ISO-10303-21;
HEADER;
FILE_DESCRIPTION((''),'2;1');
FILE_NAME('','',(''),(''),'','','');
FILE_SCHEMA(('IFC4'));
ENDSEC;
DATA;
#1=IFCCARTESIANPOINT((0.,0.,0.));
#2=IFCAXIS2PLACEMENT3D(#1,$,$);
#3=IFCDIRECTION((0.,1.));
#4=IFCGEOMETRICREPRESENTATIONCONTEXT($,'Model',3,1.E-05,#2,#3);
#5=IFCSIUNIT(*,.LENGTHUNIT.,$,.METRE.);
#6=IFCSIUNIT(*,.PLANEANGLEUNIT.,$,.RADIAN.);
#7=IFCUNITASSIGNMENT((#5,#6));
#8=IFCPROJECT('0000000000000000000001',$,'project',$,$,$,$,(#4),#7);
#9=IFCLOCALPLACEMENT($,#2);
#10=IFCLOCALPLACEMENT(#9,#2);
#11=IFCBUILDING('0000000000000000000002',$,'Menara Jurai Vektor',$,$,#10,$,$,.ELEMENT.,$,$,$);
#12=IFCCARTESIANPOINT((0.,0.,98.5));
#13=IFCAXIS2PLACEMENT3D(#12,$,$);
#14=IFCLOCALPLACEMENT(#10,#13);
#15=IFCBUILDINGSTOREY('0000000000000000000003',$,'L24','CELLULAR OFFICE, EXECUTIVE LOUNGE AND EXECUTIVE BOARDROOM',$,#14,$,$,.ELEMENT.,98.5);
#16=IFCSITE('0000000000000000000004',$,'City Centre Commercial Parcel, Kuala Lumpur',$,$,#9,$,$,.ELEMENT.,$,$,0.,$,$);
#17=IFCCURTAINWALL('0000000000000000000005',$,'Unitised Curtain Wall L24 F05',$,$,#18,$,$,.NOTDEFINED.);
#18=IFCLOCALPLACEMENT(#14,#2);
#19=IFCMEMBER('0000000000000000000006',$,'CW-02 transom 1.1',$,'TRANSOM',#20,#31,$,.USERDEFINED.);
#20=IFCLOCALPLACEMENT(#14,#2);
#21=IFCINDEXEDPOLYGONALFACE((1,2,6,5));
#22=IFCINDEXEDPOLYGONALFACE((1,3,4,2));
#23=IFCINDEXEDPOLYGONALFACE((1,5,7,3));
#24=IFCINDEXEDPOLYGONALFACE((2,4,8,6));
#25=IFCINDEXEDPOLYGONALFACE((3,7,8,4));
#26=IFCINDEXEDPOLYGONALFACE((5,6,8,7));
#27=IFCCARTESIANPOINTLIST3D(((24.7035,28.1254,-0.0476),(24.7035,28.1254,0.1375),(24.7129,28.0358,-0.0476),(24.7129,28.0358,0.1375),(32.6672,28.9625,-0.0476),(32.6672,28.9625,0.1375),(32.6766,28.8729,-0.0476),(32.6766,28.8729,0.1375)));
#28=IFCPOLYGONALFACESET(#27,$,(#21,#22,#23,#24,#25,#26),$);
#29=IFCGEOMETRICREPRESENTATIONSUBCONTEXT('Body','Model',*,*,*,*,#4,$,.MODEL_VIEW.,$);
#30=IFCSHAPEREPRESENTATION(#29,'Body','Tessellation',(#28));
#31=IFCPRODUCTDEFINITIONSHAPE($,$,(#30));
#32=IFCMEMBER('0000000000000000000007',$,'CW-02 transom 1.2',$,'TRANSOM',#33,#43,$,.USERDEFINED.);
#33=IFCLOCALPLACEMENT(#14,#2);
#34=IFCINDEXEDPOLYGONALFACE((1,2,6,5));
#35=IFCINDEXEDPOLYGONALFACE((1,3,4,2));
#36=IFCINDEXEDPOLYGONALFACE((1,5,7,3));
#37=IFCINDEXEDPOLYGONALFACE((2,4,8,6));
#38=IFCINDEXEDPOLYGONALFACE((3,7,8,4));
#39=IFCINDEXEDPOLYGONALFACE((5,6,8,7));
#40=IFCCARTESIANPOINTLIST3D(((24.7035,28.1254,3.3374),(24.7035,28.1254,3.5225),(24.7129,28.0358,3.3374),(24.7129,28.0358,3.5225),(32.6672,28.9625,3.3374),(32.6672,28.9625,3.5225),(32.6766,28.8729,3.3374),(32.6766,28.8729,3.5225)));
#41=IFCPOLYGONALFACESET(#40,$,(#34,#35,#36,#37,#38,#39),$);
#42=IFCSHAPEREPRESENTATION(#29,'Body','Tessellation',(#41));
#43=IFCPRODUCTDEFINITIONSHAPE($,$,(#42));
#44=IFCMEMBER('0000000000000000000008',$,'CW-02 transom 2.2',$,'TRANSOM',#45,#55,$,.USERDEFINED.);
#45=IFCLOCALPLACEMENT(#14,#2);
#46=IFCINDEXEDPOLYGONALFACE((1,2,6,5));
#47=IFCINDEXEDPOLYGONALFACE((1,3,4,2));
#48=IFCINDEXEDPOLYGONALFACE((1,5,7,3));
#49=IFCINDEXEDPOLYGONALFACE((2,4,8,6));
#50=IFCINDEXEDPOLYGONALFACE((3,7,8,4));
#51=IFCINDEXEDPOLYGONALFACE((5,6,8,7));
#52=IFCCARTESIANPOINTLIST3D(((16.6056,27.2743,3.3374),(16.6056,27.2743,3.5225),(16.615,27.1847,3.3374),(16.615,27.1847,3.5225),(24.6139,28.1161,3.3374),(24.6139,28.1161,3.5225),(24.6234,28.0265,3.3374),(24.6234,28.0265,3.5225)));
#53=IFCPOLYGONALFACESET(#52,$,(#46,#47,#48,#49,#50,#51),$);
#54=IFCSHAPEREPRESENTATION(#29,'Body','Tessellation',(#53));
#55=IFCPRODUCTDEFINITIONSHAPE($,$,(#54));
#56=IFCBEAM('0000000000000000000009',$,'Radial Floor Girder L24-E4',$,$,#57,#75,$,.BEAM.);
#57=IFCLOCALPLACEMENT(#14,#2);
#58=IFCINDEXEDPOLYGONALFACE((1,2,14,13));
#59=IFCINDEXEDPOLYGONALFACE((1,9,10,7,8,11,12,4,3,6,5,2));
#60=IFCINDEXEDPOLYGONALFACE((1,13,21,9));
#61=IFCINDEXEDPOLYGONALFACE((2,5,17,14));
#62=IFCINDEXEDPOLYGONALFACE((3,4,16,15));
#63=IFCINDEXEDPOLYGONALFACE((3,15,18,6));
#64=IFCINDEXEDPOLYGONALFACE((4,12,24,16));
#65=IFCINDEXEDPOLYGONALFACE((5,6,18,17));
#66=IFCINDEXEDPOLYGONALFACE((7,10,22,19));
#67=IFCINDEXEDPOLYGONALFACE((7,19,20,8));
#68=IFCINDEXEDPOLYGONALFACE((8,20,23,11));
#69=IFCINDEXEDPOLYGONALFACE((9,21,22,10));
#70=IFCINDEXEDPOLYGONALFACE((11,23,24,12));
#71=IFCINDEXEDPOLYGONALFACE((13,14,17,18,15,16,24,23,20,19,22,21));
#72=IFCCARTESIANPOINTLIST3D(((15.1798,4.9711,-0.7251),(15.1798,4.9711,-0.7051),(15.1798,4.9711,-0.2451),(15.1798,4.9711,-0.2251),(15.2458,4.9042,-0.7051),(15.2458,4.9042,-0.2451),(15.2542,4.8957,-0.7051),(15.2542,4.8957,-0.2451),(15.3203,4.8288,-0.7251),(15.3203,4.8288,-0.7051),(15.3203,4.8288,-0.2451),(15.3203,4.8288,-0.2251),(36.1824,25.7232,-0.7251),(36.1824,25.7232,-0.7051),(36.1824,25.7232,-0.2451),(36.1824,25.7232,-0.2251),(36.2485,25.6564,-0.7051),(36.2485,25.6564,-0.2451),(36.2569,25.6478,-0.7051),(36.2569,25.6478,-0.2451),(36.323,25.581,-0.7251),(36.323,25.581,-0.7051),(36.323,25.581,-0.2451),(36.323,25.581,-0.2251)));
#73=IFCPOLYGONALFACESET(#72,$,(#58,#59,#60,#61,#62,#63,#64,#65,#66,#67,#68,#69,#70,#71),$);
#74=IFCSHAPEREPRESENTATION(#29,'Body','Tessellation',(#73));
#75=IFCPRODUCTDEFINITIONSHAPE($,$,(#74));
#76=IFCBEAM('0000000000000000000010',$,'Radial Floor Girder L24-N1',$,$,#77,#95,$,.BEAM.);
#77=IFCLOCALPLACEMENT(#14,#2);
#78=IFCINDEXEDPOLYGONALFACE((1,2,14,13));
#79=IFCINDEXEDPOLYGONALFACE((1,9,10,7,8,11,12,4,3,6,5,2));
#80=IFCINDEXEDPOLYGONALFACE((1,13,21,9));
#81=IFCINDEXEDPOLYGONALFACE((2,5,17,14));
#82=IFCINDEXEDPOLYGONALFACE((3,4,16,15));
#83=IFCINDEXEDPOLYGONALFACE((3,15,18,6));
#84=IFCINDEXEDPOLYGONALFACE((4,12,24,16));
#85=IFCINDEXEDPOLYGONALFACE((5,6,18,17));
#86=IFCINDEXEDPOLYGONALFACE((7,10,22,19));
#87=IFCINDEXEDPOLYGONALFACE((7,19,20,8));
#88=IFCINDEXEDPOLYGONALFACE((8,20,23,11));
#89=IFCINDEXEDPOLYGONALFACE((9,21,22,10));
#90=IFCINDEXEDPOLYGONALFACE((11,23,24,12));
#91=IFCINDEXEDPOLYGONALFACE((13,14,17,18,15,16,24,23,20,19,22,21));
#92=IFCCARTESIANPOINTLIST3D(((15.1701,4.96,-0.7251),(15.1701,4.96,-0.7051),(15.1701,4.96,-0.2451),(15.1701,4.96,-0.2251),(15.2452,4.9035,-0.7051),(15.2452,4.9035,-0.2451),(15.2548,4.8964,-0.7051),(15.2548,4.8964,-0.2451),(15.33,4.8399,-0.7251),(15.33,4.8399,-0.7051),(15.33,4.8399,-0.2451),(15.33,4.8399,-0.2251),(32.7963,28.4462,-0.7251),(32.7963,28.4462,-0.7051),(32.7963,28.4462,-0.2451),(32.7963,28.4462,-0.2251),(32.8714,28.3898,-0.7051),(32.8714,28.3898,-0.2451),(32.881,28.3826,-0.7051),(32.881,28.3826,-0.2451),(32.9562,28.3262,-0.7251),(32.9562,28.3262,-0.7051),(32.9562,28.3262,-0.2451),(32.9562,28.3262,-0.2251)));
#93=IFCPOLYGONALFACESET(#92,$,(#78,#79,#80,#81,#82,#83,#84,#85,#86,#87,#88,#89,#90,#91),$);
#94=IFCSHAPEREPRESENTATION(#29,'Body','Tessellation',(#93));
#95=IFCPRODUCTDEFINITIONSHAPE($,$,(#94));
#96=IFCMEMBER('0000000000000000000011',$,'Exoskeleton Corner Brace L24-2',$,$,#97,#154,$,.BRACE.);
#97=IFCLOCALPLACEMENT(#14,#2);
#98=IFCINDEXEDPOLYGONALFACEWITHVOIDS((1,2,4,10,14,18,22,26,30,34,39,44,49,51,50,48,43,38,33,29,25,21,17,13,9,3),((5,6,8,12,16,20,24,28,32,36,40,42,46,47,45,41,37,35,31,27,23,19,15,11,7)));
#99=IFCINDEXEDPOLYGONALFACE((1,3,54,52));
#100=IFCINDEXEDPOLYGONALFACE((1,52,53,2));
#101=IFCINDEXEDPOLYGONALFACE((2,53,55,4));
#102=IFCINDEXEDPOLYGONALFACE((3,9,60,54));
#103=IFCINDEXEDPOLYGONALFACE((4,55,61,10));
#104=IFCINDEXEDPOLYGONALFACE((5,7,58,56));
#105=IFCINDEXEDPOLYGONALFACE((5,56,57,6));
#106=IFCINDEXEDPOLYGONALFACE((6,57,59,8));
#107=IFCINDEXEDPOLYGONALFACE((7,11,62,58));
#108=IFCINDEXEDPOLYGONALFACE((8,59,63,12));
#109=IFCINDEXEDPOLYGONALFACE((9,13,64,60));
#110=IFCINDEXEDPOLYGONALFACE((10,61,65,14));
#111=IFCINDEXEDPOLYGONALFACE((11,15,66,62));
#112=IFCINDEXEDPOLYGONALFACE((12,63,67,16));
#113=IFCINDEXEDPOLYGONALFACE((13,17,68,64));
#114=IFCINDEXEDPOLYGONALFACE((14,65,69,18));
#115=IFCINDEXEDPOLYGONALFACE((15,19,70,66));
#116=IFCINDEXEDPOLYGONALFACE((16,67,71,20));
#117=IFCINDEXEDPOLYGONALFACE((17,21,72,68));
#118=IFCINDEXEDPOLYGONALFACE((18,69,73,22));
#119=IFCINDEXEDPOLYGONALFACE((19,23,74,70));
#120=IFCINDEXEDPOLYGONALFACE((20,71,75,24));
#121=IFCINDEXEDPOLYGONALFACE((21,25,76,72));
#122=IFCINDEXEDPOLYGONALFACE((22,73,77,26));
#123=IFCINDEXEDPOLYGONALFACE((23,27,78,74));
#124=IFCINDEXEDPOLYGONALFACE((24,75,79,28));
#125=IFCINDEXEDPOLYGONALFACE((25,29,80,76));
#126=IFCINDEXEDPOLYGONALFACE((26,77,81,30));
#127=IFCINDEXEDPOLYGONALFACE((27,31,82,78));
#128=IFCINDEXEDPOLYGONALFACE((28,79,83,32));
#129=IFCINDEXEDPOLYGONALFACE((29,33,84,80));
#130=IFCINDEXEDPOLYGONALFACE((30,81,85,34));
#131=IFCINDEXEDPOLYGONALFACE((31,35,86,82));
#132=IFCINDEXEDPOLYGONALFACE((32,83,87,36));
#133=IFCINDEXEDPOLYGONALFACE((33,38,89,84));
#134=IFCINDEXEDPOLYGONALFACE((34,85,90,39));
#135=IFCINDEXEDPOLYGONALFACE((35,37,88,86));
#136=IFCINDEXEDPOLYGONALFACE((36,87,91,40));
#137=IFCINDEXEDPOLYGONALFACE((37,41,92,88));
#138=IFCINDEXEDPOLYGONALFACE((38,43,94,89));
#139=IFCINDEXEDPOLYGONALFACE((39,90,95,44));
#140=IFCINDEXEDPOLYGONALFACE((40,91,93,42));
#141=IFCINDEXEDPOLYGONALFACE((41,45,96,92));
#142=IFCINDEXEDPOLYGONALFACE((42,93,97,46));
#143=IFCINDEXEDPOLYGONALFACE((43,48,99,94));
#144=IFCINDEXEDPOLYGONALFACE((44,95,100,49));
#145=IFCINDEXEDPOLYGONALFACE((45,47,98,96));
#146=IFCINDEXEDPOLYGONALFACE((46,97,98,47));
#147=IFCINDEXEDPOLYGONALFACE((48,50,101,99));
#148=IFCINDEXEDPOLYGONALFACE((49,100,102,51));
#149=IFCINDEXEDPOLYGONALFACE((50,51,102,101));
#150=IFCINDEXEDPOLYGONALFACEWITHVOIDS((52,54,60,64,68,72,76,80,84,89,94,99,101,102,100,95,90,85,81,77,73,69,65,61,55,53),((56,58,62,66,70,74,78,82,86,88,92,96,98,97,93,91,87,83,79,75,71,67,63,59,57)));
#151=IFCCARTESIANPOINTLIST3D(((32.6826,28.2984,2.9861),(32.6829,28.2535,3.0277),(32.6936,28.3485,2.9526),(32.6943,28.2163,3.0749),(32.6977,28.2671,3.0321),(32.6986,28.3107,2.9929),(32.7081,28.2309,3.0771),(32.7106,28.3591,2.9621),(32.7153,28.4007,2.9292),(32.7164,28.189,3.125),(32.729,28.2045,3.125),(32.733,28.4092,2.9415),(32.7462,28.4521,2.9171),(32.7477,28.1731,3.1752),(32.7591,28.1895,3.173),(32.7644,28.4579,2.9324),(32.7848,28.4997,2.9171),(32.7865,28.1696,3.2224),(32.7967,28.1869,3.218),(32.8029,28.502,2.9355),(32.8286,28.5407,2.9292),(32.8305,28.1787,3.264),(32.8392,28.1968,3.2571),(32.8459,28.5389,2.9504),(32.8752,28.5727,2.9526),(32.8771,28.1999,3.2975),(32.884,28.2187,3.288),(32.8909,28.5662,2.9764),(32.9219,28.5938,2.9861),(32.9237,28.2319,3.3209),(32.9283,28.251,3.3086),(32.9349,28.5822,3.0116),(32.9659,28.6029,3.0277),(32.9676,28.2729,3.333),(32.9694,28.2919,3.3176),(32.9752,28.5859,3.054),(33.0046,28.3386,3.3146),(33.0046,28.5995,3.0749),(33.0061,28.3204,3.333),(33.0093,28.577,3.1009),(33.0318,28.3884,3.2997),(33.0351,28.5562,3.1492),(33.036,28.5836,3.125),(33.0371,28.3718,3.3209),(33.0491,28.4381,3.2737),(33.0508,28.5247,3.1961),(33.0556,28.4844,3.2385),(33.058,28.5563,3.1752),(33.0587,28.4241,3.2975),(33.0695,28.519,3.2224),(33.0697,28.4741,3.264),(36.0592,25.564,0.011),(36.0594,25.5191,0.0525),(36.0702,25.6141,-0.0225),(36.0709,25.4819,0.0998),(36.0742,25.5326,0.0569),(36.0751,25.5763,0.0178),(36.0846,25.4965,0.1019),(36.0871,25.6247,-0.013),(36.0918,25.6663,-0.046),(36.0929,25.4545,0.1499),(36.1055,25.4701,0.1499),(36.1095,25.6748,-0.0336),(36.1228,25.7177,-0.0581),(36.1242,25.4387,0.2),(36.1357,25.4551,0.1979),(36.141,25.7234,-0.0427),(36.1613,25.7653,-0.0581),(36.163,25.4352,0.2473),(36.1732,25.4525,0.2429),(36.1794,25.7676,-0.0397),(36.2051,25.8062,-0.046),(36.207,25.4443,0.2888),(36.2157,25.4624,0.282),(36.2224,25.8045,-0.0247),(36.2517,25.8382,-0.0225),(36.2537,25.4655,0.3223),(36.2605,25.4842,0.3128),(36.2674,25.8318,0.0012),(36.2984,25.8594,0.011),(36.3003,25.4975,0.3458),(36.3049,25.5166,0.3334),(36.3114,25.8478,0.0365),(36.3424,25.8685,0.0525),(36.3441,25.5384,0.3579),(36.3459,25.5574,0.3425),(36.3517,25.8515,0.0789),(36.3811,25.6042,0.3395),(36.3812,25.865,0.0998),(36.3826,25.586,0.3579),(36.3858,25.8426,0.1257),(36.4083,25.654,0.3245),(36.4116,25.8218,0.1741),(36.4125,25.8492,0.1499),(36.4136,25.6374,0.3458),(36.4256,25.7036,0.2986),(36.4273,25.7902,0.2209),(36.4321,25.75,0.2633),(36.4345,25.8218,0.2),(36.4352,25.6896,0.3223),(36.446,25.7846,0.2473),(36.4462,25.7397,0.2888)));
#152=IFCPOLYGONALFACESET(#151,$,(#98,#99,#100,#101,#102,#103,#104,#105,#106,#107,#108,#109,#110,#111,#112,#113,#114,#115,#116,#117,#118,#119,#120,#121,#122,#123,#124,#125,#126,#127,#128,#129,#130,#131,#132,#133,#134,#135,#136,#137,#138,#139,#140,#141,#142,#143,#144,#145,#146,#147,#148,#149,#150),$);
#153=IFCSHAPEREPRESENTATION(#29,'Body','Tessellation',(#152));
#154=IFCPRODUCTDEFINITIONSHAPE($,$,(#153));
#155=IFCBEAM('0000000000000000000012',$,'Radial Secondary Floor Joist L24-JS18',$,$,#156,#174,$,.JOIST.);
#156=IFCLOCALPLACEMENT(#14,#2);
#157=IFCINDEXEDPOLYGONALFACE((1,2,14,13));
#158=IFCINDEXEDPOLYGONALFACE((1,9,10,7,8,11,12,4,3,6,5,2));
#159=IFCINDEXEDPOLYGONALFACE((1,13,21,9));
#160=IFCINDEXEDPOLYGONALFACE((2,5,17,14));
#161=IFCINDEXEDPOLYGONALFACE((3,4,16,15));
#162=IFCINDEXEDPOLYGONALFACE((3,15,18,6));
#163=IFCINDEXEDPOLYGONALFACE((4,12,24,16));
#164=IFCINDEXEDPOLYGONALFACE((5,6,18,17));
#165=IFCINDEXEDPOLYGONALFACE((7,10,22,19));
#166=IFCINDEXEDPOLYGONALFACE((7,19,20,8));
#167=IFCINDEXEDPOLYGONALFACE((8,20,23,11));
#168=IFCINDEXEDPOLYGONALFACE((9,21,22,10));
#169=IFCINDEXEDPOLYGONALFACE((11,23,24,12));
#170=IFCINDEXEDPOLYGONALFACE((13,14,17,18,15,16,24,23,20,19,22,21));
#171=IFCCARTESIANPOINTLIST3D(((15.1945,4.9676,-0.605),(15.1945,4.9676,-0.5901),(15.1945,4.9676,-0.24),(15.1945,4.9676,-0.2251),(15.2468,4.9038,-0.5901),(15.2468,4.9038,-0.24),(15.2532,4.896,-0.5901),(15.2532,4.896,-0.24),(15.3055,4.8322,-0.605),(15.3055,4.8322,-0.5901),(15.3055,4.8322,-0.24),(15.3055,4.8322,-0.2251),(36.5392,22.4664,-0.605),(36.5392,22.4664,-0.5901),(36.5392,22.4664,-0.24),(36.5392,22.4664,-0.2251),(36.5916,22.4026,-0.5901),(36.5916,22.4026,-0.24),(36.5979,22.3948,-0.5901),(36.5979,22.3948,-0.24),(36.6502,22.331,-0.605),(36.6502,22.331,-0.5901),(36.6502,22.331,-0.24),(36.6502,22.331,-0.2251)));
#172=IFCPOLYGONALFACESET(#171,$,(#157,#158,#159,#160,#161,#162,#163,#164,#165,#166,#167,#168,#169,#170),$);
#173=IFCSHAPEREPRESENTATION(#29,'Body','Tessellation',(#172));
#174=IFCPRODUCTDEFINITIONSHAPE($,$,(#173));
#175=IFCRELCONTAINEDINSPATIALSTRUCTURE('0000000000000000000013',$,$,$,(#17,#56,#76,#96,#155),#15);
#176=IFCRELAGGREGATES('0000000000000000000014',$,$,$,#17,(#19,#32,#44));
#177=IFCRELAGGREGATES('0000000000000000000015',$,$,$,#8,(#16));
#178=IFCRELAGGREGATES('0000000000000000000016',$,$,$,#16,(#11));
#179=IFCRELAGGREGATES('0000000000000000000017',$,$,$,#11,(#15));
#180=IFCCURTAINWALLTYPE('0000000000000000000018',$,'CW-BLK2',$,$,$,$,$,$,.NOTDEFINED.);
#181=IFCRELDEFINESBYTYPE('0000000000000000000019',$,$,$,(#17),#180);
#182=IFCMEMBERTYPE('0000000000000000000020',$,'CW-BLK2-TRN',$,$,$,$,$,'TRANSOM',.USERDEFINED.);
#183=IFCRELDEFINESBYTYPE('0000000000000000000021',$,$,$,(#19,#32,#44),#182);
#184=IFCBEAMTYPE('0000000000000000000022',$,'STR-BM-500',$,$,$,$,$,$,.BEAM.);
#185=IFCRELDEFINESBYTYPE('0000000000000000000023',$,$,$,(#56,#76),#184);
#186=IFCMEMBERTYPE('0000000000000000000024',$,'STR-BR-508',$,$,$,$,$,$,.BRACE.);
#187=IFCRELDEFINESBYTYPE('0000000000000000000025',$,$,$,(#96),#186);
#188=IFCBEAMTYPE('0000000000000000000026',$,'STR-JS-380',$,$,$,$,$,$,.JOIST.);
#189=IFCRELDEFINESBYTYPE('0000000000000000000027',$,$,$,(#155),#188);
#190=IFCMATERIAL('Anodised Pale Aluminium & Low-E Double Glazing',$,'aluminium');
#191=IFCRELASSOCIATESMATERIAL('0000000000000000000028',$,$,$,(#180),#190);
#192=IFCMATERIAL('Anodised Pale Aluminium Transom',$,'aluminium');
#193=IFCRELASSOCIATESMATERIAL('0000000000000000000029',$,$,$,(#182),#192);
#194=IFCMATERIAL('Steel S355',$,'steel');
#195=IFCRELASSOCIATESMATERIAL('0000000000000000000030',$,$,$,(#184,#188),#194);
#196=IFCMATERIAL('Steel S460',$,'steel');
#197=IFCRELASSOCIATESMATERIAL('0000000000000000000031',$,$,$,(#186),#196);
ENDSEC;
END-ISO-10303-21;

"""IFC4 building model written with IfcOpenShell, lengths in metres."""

from ifc_helpers import new_model, si_unit, direction, frame, origin, origin_2d, place, context, subcontext, project, spatial, rectangle, hollow_circle, i_section, extrude, material, material_profile, profile_set, type_object, element, aggregate, save


model = new_model("IFC4")

# Units and contexts
model_context = context("Model", 3, precision=1e-05, world=origin(), true_north=direction((0.0, 1.0)))
body_context = subcontext(model_context, "Body", "Model", "MODEL_VIEW")
ifc_project = project(units=[si_unit("LENGTHUNIT", "METRE"), si_unit("PLANEANGLEUNIT", "RADIAN")], contexts=[model_context])

# Site, building, storey
site_placement = place(None, origin())
site = spatial("IfcSite", under=ifc_project, at=site_placement, Name="City Centre Commercial Parcel, Kuala Lumpur", CompositionType="ELEMENT", RefElevation=0.0)
building_placement = place(site_placement, origin())
building = spatial("IfcBuilding", under=site, at=building_placement, Name="Menara Jurai Vektor", CompositionType="ELEMENT")
storey_placement = place(building_placement, frame((0.0, 0.0, 98.5)))
storey = spatial("IfcBuildingStorey", under=building, at=storey_placement, Name="L24", Description="CELLULAR OFFICE, EXECUTIVE LOUNGE AND EXECUTIVE BOARDROOM", CompositionType="ELEMENT", Elevation=98.5)

# Shared definitions
ifc_material_1 = material(Name="Steel S460", Category="steel")

# Shared definitions
ifc_material_2 = material(Name="Anodised Pale Aluminium & Low-E Double Glazing", Category="aluminium")
curtain_wall_type = type_object("IfcCurtainWallType", Name="CW-BLK2", PredefinedType="NOTDEFINED", material=ifc_material_2)

# Curtain wall
curtain_wall_1_placement = place(storey_placement, origin())
curtain_wall_1 = element("IfcCurtainWall", 1, at=curtain_wall_1_placement, inside=storey, type_object=curtain_wall_type, Name="Unitised Curtain Wall L24 F05", PredefinedType="NOTDEFINED")

# Members
ifc_material_3 = material(Name="Anodised Pale Aluminium Transom", Category="aluminium")
ifc_material_profile_1 = material_profile(ifc_material_3, rectangle(XDim=0.0901, YDim=0.1851, at=origin_2d()), Name="ALU TRN 90x185")
ifc_profile_set_1 = profile_set([ifc_material_profile_1], Name="Anodised Pale Aluminium Transom")
member_type_1 = type_object("IfcMemberType", Name="CW-BLK2-TRN", ElementType="TRANSOM", PredefinedType="USERDEFINED", material=ifc_profile_set_1)
member_1_placement = place(storey_placement, frame((32.6719, 28.9177, 0.0449), z_axis=(-0.99452, -0.104547, 0.0), x_axis=(0.104547, -0.99452, 0.0)))
member_1 = element("IfcMember", 2, at=member_1_placement, type_object=member_type_1, Name="CW-02 transom 1.1", ObjectType="TRANSOM", PredefinedType="USERDEFINED", context=body_context, shape_type="SweptSolid", body=[
    extrude(rectangle(XDim=0.0901, YDim=0.1851, at=origin_2d()), origin(), (0.0, 0.0, 1.0), 8.0076),
])
member_2_placement = place(storey_placement, frame((32.6719, 28.9177, 3.4299), z_axis=(-0.99452, -0.104547, 0.0), x_axis=(0.104547, -0.99452, 0.0)))
member_2 = element("IfcMember", 3, at=member_2_placement, type_object=member_type_1, Name="CW-02 transom 1.2", ObjectType="TRANSOM", PredefinedType="USERDEFINED", context=body_context, shape_type="SweptSolid", body=[
    extrude(rectangle(XDim=0.0901, YDim=0.1851, at=origin_2d()), origin(), (0.0, 0.0, 1.0), 8.0076),
])
member_3_placement = place(storey_placement, frame((24.6187, 28.0713, 3.4299), z_axis=(-0.994521, -0.10454, 0.0), x_axis=(0.10454, -0.994521, 0.0)))
member_3 = element("IfcMember", 4, at=member_3_placement, type_object=member_type_1, Name="CW-02 transom 2.2", ObjectType="TRANSOM", PredefinedType="USERDEFINED", context=body_context, shape_type="SweptSolid", body=[
    extrude(rectangle(XDim=0.0901, YDim=0.1851, at=origin_2d()), origin(), (0.0, 0.0, 1.0), 8.0525),
])

# Beams
ifc_material_4 = material(Name="Steel S355", Category="steel")
ifc_material_profile_2 = material_profile(ifc_material_4, i_section(OverallWidth=0.2, OverallDepth=0.5, WebThickness=0.012, FlangeThickness=0.02, at=origin_2d()), Name="PG 500x200x96")
ifc_profile_set_2 = profile_set([ifc_material_profile_2], Name="Steel S355")
beam_type_1 = type_object("IfcBeamType", Name="STR-BM-500", PredefinedType="BEAM", material=ifc_profile_set_2)
beam_1_placement = place(storey_placement, frame((36.2527, 25.6521, -0.4751), z_axis=(-0.711336, -0.702852, 0.0), x_axis=(0.702852, -0.711336, 0.0)))
element("IfcBeam", 5, at=beam_1_placement, inside=storey, type_object=beam_type_1, Name="Radial Floor Girder L24-E4", PredefinedType="BEAM", context=body_context, shape_type="SweptSolid", body=[
    extrude(i_section(OverallWidth=0.2, OverallDepth=0.5, WebThickness=0.012, FlangeThickness=0.02, at=origin_2d()), origin(), (0.0, 0.0, 1.0), 29.5256),
])
beam_2_placement = place(storey_placement, frame((32.8762, 28.3862, -0.4751), z_axis=(-0.60025, -0.799812, 0.0), x_axis=(0.799812, -0.60025, 0.0)))
element("IfcBeam", 6, at=beam_2_placement, inside=storey, type_object=beam_type_1, Name="Radial Floor Girder L24-N1", PredefinedType="BEAM", context=body_context, shape_type="SweptSolid", body=[
    extrude(i_section(OverallWidth=0.2, OverallDepth=0.5, WebThickness=0.012, FlangeThickness=0.02, at=origin_2d()), origin(), (0.0, 0.0, 1.0), 29.3647),
])

# Member
ifc_material_profile_3 = material_profile(ifc_material_1, hollow_circle(Radius=0.2539, WallThickness=0.02, at=origin_2d()), Name="CHS 508x20")
ifc_profile_set_3 = profile_set([ifc_material_profile_3], Name="Steel S460")
member_type_2 = type_object("IfcMemberType", Name="STR-BR-508", PredefinedType="BRACE", material=ifc_profile_set_3)
member_4_placement = place(storey_placement, frame((36.2527, 25.6519, 0.1499), z_axis=(-0.641208, 0.519272, 0.564986), x_axis=(-0.629344, -0.777127, 0.0)))
element("IfcMember", 7, at=member_4_placement, inside=storey, type_object=member_type_2, Name="Exoskeleton Corner Brace L24-2", PredefinedType="BRACE", context=body_context, shape_type="SweptSolid", body=[
    extrude(hollow_circle(Radius=0.2539, WallThickness=0.02, at=origin_2d()), origin(), (0.0, 0.0, 1.0), 5.2659),
])

# Beam
ifc_material_profile_4 = material_profile(ifc_material_4, i_section(OverallWidth=0.175, OverallDepth=0.3799, WebThickness=0.01, FlangeThickness=0.0149, at=origin_2d()), Name="PG 380x175x58")
ifc_profile_set_4 = profile_set([ifc_material_profile_4], Name="Steel S355")
beam_type_2 = type_object("IfcBeamType", Name="STR-JS-380", PredefinedType="JOIST", material=ifc_profile_set_4)
beam_3_placement = place(storey_placement, frame((36.5947, 22.3987, -0.415), z_axis=(-0.773337, -0.633995, 0.0), x_axis=(0.633995, -0.773337, 0.0)))
element("IfcBeam", 8, at=beam_3_placement, inside=storey, type_object=beam_type_2, Name="Radial Secondary Floor Joist L24-JS18", PredefinedType="JOIST", context=body_context, shape_type="SweptSolid", body=[
    extrude(i_section(OverallWidth=0.175, OverallDepth=0.3799, WebThickness=0.01, FlangeThickness=0.0149, at=origin_2d()), origin(), (0.0, 0.0, 1.0), 27.6008),
])

aggregate(curtain_wall_1, [member_1, member_2, member_3])

save(model, "model.ifc")
